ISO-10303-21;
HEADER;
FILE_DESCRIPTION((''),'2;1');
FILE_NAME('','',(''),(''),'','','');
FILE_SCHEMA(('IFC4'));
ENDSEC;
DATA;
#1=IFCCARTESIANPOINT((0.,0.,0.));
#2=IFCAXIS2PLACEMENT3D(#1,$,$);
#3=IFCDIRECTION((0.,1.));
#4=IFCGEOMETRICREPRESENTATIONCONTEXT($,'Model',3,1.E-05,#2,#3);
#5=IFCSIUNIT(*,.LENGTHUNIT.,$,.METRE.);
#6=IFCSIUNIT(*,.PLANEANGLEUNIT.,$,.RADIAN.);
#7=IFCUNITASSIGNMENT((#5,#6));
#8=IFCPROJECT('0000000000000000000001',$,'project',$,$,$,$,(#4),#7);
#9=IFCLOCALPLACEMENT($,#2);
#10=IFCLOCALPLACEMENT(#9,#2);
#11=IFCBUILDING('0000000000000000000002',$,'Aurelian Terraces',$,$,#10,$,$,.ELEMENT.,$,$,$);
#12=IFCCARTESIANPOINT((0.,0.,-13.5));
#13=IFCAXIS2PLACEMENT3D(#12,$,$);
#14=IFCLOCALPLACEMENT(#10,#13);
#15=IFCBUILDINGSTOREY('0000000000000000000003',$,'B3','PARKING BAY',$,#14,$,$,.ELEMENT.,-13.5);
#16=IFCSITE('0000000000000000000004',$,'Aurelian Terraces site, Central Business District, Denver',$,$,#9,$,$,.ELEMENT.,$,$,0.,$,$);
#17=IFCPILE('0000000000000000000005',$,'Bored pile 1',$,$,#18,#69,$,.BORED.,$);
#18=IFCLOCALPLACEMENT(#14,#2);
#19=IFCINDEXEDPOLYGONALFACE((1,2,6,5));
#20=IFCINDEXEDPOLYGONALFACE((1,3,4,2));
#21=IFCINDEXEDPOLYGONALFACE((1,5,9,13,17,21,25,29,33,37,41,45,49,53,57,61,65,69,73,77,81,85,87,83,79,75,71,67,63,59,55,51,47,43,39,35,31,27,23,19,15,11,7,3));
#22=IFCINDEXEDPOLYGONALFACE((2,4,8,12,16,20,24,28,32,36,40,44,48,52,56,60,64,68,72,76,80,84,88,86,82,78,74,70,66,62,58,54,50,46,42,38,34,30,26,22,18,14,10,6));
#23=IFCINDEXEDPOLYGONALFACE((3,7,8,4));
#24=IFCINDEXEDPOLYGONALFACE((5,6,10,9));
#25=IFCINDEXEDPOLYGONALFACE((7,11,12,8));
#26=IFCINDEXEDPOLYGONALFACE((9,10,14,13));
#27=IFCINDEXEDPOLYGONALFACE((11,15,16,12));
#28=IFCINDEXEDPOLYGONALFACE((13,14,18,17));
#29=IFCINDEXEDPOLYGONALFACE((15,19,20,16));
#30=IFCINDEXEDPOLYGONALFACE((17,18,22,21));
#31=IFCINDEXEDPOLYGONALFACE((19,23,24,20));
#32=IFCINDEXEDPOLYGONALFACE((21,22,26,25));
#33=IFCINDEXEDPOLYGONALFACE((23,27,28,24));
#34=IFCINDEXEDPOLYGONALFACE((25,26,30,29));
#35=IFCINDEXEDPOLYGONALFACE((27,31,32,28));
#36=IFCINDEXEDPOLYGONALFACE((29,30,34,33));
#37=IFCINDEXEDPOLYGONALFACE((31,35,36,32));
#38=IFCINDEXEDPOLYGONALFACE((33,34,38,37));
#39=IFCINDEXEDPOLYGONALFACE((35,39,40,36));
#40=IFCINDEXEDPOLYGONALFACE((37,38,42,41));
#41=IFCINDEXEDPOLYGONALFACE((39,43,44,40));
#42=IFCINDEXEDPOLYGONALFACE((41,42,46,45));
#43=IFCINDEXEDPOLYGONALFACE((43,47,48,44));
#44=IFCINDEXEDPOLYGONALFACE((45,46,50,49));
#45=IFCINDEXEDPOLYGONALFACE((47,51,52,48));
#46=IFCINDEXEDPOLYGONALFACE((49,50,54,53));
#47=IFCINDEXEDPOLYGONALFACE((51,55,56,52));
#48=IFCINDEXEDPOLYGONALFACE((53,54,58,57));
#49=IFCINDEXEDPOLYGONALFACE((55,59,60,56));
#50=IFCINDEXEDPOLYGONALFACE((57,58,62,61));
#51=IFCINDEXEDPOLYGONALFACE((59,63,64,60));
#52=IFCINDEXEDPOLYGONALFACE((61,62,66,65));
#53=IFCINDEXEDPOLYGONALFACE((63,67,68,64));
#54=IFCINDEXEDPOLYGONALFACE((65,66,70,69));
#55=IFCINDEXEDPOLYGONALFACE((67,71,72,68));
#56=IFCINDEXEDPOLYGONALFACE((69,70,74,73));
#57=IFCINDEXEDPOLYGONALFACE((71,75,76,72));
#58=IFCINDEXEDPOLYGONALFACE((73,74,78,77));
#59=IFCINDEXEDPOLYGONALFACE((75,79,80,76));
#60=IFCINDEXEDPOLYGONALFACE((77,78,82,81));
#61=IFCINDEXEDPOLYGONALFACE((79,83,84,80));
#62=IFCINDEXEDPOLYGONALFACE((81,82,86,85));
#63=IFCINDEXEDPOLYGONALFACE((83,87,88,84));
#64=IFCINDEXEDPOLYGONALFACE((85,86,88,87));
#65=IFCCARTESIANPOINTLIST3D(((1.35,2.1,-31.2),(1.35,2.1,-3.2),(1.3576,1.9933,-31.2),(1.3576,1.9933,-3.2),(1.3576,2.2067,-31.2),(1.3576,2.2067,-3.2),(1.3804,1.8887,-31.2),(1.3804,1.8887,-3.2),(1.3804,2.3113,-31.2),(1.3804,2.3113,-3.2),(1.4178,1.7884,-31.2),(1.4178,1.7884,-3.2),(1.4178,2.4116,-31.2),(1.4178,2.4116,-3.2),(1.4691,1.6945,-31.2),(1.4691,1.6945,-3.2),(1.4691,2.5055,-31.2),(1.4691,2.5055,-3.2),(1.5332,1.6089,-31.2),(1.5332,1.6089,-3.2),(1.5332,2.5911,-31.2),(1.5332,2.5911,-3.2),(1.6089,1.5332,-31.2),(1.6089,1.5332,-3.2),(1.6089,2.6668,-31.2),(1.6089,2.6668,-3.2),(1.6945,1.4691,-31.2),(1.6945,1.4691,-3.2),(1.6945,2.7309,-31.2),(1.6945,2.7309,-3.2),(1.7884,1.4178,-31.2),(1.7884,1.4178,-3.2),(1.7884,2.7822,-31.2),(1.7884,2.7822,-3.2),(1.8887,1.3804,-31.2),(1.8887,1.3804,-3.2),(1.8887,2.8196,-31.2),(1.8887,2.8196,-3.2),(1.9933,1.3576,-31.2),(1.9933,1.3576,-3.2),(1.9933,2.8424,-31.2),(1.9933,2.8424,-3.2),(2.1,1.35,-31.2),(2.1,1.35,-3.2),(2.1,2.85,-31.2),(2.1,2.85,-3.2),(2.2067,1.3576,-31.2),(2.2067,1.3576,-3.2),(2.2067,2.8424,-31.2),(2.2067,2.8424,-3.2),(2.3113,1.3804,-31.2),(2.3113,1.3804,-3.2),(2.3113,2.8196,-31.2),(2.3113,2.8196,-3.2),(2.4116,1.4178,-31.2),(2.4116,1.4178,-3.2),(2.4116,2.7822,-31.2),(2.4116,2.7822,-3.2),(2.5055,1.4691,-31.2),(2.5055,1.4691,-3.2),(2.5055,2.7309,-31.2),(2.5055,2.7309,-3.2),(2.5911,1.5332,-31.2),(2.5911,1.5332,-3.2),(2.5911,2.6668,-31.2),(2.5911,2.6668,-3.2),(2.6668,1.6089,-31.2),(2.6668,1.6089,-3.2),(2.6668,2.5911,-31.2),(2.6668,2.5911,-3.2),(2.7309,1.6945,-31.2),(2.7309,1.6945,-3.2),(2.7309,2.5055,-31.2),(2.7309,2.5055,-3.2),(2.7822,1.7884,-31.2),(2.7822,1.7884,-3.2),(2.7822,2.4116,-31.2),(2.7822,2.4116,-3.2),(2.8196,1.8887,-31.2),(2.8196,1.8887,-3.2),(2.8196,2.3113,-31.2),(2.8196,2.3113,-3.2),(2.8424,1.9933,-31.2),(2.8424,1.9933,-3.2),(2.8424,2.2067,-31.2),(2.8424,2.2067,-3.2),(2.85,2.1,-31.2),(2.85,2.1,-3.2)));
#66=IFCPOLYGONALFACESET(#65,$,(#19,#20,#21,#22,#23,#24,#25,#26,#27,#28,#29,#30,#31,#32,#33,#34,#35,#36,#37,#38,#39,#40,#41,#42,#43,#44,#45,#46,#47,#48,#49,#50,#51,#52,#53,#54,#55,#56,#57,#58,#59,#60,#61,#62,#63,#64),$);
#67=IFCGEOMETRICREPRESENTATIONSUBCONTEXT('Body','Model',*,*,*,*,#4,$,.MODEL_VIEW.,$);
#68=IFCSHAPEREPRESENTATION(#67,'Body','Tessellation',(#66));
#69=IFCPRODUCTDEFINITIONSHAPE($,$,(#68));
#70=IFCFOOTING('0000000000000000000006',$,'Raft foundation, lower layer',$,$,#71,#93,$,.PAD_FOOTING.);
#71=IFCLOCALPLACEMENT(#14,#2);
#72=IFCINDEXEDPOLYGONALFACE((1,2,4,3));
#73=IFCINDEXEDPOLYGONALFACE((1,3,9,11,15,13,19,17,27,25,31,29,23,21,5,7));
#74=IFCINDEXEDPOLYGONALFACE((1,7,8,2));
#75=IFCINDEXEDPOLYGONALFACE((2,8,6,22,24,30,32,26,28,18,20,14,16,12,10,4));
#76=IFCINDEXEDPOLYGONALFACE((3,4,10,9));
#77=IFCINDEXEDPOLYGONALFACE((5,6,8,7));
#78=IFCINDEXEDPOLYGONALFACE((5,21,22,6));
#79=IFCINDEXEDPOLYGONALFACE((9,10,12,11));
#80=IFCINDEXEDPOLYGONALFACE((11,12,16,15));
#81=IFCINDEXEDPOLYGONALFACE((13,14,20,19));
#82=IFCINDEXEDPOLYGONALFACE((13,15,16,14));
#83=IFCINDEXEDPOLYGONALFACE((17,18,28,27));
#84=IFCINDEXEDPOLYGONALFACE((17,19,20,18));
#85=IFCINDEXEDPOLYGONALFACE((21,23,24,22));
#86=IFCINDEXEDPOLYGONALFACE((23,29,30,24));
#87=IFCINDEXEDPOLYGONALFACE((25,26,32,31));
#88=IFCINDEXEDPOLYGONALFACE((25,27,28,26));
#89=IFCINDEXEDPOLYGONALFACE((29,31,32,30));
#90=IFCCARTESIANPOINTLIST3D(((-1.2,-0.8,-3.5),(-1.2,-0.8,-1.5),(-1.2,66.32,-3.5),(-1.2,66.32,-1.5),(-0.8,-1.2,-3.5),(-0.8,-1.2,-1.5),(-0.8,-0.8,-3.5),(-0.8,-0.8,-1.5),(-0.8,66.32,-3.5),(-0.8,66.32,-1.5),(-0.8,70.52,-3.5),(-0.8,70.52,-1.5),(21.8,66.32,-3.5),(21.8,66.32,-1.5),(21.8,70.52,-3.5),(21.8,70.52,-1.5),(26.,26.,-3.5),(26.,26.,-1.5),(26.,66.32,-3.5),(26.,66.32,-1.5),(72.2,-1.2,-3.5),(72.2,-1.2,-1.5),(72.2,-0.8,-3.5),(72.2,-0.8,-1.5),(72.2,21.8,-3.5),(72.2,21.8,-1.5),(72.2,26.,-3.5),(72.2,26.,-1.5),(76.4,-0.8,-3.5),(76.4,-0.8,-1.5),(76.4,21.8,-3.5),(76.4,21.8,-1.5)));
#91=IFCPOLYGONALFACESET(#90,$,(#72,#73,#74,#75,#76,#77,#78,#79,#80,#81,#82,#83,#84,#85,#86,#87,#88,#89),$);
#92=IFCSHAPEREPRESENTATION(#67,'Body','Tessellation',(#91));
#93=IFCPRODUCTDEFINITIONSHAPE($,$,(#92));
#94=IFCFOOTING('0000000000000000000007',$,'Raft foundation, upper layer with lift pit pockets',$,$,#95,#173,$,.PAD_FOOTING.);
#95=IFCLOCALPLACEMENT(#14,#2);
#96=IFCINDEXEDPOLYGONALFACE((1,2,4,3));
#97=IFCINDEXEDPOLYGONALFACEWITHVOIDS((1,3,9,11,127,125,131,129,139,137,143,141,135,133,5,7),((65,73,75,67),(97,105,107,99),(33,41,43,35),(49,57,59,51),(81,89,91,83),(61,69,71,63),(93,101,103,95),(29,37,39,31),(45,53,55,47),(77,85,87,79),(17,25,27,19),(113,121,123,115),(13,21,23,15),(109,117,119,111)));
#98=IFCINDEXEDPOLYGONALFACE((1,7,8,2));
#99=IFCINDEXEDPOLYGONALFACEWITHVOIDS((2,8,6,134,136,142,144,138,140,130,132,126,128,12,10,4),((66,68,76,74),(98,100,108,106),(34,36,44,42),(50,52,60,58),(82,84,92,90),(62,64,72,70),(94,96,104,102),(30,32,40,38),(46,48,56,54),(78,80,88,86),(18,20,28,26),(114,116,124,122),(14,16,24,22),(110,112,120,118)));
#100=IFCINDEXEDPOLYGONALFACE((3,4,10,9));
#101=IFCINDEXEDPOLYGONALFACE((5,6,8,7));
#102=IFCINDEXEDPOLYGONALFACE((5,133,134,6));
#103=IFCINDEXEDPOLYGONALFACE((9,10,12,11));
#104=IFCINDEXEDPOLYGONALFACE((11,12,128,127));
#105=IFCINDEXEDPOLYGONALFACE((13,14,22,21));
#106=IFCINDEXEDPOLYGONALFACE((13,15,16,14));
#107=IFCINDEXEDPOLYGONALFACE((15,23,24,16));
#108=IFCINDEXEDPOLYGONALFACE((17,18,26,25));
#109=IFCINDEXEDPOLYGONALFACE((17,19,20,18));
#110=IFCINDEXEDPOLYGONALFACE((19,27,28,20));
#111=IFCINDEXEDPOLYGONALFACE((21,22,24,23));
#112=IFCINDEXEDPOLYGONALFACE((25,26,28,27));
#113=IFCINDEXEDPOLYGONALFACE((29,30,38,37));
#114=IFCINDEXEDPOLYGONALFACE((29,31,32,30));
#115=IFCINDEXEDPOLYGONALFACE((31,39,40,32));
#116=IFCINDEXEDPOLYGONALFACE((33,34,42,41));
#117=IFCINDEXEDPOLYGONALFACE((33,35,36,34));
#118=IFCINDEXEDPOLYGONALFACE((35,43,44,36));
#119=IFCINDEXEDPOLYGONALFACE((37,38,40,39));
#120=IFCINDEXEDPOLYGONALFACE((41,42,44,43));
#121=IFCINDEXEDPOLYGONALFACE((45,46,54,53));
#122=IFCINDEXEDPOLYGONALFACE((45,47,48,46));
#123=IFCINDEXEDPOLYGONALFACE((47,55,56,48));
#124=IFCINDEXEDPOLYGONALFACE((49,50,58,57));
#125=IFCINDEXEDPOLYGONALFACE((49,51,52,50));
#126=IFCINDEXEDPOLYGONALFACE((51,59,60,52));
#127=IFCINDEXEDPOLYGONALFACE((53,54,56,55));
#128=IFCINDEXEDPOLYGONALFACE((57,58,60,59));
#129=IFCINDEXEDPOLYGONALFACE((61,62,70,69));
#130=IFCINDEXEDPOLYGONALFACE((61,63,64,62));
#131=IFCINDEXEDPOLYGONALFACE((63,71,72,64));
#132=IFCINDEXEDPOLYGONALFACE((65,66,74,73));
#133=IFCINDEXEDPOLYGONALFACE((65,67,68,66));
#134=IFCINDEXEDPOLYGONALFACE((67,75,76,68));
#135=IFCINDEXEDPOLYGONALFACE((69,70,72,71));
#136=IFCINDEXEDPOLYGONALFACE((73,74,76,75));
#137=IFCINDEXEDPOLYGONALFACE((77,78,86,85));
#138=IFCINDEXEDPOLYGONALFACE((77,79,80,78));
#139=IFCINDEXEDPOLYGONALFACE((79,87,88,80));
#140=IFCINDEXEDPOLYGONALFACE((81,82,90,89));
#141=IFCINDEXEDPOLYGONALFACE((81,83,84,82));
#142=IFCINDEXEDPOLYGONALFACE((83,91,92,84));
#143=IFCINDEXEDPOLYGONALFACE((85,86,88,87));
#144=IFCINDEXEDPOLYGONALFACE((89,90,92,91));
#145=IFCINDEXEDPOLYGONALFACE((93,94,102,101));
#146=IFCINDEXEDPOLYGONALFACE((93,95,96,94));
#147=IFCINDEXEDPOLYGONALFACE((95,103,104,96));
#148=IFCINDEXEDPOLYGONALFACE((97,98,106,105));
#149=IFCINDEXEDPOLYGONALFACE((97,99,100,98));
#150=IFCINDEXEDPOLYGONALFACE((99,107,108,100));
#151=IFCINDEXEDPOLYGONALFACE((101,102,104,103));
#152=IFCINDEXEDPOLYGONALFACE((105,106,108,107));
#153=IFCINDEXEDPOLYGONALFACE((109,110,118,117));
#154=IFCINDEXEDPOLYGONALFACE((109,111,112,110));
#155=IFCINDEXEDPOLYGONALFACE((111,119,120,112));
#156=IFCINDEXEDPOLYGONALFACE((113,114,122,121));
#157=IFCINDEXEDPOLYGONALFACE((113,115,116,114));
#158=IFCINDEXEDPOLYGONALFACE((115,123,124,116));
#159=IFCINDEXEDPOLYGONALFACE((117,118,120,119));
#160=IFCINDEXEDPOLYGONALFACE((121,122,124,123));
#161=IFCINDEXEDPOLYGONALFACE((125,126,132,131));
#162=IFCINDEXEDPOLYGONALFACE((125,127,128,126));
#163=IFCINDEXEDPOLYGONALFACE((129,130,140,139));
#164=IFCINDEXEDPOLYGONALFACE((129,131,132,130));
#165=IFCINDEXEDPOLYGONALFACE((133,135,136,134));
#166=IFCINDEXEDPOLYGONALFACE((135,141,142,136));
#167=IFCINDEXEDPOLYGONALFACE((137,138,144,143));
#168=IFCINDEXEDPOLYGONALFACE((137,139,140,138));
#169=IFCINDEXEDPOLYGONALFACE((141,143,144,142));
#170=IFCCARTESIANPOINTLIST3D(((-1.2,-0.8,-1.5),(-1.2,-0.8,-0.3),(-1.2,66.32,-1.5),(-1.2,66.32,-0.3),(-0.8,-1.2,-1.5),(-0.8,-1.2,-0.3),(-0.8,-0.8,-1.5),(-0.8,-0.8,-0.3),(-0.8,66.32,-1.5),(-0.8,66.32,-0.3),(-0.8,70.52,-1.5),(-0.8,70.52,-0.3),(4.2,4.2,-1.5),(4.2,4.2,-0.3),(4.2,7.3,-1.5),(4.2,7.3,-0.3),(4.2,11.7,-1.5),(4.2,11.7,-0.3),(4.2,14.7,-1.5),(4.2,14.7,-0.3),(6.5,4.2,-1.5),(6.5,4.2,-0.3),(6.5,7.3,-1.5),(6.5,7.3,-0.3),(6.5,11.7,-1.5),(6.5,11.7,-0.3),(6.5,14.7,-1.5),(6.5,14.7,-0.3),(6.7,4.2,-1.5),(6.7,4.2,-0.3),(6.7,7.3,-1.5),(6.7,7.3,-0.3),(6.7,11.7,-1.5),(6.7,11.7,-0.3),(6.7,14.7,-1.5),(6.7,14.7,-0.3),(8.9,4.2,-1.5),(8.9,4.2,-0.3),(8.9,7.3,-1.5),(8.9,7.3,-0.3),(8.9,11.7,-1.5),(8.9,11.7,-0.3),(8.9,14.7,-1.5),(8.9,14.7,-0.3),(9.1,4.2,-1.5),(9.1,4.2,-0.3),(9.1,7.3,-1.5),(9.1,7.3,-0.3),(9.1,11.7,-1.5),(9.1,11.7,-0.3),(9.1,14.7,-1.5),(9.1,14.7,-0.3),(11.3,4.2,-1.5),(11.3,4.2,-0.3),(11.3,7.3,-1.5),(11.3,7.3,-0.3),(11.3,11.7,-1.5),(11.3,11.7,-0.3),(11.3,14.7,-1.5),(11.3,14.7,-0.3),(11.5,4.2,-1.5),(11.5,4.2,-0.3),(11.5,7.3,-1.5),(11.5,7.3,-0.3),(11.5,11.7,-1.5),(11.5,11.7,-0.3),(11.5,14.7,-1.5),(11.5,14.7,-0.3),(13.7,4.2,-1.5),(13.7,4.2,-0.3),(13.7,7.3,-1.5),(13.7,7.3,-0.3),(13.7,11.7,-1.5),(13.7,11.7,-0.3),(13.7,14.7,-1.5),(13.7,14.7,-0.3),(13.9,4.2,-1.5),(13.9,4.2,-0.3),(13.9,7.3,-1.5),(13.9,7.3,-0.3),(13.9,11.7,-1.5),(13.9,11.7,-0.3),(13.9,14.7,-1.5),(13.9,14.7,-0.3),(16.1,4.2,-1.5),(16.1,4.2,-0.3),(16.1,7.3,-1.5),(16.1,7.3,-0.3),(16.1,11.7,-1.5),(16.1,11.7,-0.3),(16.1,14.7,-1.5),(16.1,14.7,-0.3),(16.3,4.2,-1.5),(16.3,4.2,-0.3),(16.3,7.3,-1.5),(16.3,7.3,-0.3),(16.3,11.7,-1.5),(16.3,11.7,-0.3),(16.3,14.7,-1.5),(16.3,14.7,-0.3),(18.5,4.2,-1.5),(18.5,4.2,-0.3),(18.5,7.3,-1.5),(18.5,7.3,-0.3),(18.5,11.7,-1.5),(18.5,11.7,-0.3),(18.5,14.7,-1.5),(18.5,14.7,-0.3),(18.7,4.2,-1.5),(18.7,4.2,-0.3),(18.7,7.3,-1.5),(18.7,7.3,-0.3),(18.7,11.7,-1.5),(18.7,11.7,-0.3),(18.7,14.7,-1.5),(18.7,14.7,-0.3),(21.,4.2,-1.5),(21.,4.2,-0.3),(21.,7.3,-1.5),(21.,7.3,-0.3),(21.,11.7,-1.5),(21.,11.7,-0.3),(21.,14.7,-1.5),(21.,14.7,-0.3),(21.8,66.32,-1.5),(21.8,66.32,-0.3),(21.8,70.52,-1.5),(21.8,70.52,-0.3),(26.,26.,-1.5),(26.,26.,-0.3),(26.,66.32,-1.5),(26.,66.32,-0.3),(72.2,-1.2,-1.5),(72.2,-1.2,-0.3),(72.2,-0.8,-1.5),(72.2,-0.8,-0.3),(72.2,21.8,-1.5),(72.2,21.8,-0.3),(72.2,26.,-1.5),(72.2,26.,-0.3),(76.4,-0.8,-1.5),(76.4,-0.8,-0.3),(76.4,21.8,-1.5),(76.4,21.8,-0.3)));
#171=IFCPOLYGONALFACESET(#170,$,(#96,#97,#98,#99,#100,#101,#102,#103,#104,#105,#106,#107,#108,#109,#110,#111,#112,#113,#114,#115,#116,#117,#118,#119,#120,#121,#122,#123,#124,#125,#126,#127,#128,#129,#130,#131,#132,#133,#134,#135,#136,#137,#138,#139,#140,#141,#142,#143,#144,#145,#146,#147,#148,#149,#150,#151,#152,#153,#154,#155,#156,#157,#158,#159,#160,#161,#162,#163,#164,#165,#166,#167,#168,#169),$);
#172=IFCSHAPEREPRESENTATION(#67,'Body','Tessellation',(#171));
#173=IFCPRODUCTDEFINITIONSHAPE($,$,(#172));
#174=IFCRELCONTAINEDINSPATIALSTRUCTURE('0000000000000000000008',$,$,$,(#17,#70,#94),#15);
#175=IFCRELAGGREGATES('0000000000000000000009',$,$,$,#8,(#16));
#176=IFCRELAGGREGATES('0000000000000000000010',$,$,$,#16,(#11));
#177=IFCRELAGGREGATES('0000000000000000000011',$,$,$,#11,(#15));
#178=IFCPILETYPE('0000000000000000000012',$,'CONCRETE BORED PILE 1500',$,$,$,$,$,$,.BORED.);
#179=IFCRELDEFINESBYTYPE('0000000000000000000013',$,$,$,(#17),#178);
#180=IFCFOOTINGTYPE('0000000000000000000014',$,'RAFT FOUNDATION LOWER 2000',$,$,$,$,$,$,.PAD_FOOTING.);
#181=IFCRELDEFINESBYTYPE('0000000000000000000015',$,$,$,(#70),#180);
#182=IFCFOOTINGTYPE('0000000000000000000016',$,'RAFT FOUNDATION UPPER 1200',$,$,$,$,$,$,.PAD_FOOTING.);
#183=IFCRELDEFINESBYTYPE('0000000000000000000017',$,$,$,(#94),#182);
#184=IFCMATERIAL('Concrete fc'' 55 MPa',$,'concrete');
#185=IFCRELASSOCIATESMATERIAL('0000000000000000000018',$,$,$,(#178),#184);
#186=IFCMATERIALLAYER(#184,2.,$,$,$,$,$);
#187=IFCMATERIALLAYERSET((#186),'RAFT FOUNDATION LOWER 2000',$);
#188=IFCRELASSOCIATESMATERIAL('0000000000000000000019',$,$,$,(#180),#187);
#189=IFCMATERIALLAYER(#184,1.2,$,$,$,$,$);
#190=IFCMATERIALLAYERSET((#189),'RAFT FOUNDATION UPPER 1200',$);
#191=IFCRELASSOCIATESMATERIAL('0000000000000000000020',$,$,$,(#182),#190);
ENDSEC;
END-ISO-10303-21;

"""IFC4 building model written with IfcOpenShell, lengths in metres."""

from ifc_helpers import new_model, si_unit, direction, frame, origin, origin_2d, place, context, subcontext, project, spatial, polyline, circle, outline, extrude, material, layer, layer_set, material_profile, profile_set, type_object, element, save


model = new_model("IFC4")

# Units and contexts
model_context = context("Model", 3, precision=1e-05, world=origin(), true_north=direction((0.0, 1.0)))
body_context = subcontext(model_context, "Body", "Model", "MODEL_VIEW")
ifc_project = project(units=[si_unit("LENGTHUNIT", "METRE"), si_unit("PLANEANGLEUNIT", "RADIAN")], contexts=[model_context])

# Site, building, storey
site_placement = place(None, origin())
site = spatial("IfcSite", under=ifc_project, at=site_placement, Name="Aurelian Terraces site, Central Business District, Denver", CompositionType="ELEMENT", RefElevation=0.0)
building_placement = place(site_placement, origin())
building = spatial("IfcBuilding", under=site, at=building_placement, Name="Aurelian Terraces", CompositionType="ELEMENT")
storey_placement = place(building_placement, frame((0.0, 0.0, -13.5)))
storey = spatial("IfcBuildingStorey", under=building, at=storey_placement, Name="B3", Description="PARKING BAY", CompositionType="ELEMENT", Elevation=-13.5)

# Pile
ifc_material_1 = material(Name="Concrete fc' 55 MPa", Category="concrete")
ifc_material_profile_1 = material_profile(ifc_material_1, circle(Radius=0.75, at=origin_2d()))
ifc_profile_set_1 = profile_set([ifc_material_profile_1], Name="Concrete fc' 55 MPa")
pile_type = type_object("IfcPileType", Name="CONCRETE BORED PILE 1500", PredefinedType="BORED", material=ifc_profile_set_1)
pile_placement = place(storey_placement, frame((2.1, 2.1, -3.2), z_axis=(0.0, 0.0, -1.0), x_axis=(1.0, 0.0, 0.0)))
element("IfcPile", 1, at=pile_placement, inside=storey, type_object=pile_type, Name="Bored pile 1", PredefinedType="BORED", context=body_context, shape_type="SweptSolid", body=[
    extrude(circle(Radius=0.75, at=origin_2d()), origin(), (0.0, 0.0, 1.0), 28.0),
])

# Footings
ifc_layer_1 = layer(ifc_material_1, 2.0)
ifc_layer_set_1 = layer_set([ifc_layer_1], Name="RAFT FOUNDATION LOWER 2000")
footing_type_1 = type_object("IfcFootingType", Name="RAFT FOUNDATION LOWER 2000", PredefinedType="PAD_FOOTING", material=ifc_layer_set_1)
footing_1_placement = place(storey_placement, frame((0.0, 0.0, -3.5)))
element("IfcFooting", 2, at=footing_1_placement, inside=storey, type_object=footing_type_1, Name="Raft foundation, lower layer", PredefinedType="PAD_FOOTING", context=body_context, shape_type="SweptSolid", body=[
    extrude(outline(polyline([(-1.2, -0.8), (-1.2, 66.32), (-0.8, 66.32), (-0.8, 70.52), (21.8, 70.52), (21.8, 66.32), (26.0, 66.32), (26.0, 26.0), (72.2, 26.0), (72.2, 21.8), (76.4, 21.8), (76.4, -0.8), (72.2, -0.8), (72.2, -1.2), (-0.8, -1.2), (-0.8, -0.8), (-1.2, -0.8)])), origin(), (0.0, 0.0, 1.0), 2.0),
])
ifc_layer_2 = layer(ifc_material_1, 1.2)
ifc_layer_set_2 = layer_set([ifc_layer_2], Name="RAFT FOUNDATION UPPER 1200")
footing_type_2 = type_object("IfcFootingType", Name="RAFT FOUNDATION UPPER 1200", PredefinedType="PAD_FOOTING", material=ifc_layer_set_2)
footing_2_placement = place(storey_placement, frame((0.0, 0.0, -1.5)))
element("IfcFooting", 3, at=footing_2_placement, inside=storey, type_object=footing_type_2, Name="Raft foundation, upper layer with lift pit pockets", PredefinedType="PAD_FOOTING", context=body_context, shape_type="SweptSolid", body=[
    extrude(outline(polyline([(-1.2, 66.32), (-0.8, 66.32), (-0.8, 70.52), (21.8, 70.52), (21.8, 66.32), (26.0, 66.32), (26.0, 26.0), (72.2, 26.0), (72.2, 21.8), (76.4, 21.8), (76.4, -0.8), (72.2, -0.8), (72.2, -1.2), (-0.8, -1.2), (-0.8, -0.8), (-1.2, -0.8), (-1.2, 66.32)]), holes=[polyline([(6.5, 7.3), (4.2, 7.3), (4.2, 4.2), (6.5, 4.2), (6.5, 7.3)]), polyline([(8.9, 4.2), (8.9, 7.3), (6.7, 7.3), (6.7, 4.2), (8.9, 4.2)]), polyline([(11.3, 4.2), (11.3, 7.3), (9.1, 7.3), (9.1, 4.2), (11.3, 4.2)]), polyline([(13.7, 4.2), (13.7, 7.3), (11.5, 7.3), (11.5, 4.2), (13.7, 4.2)]), polyline([(6.5, 11.7), (6.5, 14.7), (4.2, 14.7), (4.2, 11.7), (6.5, 11.7)]), polyline([(8.9, 11.7), (8.9, 14.7), (6.7, 14.7), (6.7, 11.7), (8.9, 11.7)]), polyline([(11.3, 11.7), (11.3, 14.7), (9.1, 14.7), (9.1, 11.7), (11.3, 11.7)]), polyline([(16.1, 7.3), (13.9, 7.3), (13.9, 4.2), (16.1, 4.2), (16.1, 7.3)]), polyline([(18.5, 4.2), (18.5, 7.3), (16.3, 7.3), (16.3, 4.2), (18.5, 4.2)]), polyline([(21.0, 4.2), (21.0, 7.3), (18.7, 7.3), (18.7, 4.2), (21.0, 4.2)]), polyline([(13.7, 11.7), (13.7, 14.7), (11.5, 14.7), (11.5, 11.7), (13.7, 11.7)]), polyline([(16.1, 11.7), (16.1, 14.7), (13.9, 14.7), (13.9, 11.7), (16.1, 11.7)]), polyline([(18.5, 11.7), (18.5, 14.7), (16.3, 14.7), (16.3, 11.7), (18.5, 11.7)]), polyline([(21.0, 11.7), (21.0, 14.7), (18.7, 14.7), (18.7, 11.7), (21.0, 11.7)])]), origin(), (0.0, 0.0, 1.0), 1.2),
])

save(model, "model.ifc")
